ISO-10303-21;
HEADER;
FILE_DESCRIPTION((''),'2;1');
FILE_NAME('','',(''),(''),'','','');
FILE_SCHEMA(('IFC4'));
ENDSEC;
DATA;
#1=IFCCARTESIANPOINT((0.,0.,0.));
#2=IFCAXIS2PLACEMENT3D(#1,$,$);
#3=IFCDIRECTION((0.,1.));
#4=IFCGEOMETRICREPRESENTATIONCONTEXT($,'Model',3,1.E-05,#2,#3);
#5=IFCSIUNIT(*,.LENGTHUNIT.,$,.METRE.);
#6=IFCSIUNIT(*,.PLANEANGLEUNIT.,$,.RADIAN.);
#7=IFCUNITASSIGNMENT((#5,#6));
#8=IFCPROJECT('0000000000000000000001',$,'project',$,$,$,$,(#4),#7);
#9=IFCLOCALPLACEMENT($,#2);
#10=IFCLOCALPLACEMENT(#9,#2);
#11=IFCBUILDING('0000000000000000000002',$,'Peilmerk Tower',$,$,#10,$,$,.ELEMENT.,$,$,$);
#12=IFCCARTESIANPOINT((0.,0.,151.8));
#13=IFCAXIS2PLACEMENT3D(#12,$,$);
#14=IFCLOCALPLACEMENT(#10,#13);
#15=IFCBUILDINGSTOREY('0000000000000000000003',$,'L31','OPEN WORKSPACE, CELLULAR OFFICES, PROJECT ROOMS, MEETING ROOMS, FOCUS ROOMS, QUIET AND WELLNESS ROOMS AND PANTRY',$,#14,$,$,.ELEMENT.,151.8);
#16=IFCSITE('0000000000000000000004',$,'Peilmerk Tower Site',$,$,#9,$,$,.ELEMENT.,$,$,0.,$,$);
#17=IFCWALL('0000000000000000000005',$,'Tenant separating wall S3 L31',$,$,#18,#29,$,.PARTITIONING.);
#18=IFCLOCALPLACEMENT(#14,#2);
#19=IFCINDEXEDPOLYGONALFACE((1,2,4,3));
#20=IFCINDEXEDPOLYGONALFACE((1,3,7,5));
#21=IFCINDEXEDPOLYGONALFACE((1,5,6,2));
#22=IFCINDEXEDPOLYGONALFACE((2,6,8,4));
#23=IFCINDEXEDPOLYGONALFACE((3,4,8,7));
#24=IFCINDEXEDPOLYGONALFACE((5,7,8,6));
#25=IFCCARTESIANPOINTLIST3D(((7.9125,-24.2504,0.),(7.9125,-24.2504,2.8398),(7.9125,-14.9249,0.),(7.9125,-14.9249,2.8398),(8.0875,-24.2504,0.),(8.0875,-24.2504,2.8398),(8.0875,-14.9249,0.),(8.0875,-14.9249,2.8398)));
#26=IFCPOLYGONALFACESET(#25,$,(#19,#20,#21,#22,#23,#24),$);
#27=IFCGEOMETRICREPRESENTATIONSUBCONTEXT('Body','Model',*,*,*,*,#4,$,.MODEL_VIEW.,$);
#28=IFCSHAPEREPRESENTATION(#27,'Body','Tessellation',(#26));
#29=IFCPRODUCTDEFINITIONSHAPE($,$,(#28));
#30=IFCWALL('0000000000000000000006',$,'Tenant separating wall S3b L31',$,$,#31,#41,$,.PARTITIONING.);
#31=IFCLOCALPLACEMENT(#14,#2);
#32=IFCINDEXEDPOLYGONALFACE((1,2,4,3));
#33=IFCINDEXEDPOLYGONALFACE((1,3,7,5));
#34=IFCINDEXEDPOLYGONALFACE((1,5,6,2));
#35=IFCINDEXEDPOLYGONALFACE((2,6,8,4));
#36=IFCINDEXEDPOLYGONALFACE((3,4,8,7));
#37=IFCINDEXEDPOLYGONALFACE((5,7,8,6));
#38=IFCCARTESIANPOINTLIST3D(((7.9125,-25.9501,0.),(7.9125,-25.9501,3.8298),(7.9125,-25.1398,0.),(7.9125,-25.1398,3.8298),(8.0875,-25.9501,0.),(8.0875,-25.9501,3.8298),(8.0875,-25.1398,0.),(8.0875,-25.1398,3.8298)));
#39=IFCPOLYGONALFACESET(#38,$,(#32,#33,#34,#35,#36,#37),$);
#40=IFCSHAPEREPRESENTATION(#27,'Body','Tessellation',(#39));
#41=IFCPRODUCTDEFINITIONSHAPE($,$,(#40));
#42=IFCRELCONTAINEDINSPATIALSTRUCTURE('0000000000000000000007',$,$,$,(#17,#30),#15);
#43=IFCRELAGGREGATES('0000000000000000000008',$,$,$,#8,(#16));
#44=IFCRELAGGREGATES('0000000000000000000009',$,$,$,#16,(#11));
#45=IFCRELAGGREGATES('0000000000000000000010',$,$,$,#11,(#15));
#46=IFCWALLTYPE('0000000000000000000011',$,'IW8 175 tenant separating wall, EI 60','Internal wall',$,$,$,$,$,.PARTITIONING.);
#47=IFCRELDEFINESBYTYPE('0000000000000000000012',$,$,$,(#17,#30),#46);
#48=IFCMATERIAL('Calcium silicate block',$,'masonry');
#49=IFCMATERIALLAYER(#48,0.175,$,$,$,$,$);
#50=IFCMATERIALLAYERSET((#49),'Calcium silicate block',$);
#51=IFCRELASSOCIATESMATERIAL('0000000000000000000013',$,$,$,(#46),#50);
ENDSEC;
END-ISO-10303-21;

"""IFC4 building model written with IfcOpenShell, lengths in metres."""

from ifc_helpers import new_model, si_unit, direction, frame, frame_2d, origin, place, context, subcontext, project, spatial, rectangle, extrude, material, layer, layer_set, type_object, element, save


model = new_model("IFC4")

# Units and contexts
model_context = context("Model", 3, precision=1e-05, world=origin(), true_north=direction((0.0, 1.0)))
body_context = subcontext(model_context, "Body", "Model", "MODEL_VIEW")
ifc_project = project(units=[si_unit("LENGTHUNIT", "METRE"), si_unit("PLANEANGLEUNIT", "RADIAN")], contexts=[model_context])

# Site, building, storey
site_placement = place(None, origin())
site = spatial("IfcSite", under=ifc_project, at=site_placement, Name="Peilmerk Tower Site", CompositionType="ELEMENT", RefElevation=0.0)
building_placement = place(site_placement, origin())
building = spatial("IfcBuilding", under=site, at=building_placement, Name="Peilmerk Tower", CompositionType="ELEMENT")
storey_placement = place(building_placement, frame((0.0, 0.0, 151.8)))
storey = spatial("IfcBuildingStorey", under=building, at=storey_placement, Name="L31", Description="OPEN WORKSPACE, CELLULAR OFFICES, PROJECT ROOMS, MEETING ROOMS, FOCUS ROOMS, QUIET AND WELLNESS ROOMS AND PANTRY", CompositionType="ELEMENT", Elevation=151.8)

# Shared definitions
ifc_material_1 = material(Name="Calcium silicate block", Category="masonry")

# Walls
ifc_layer_1 = layer(ifc_material_1, 0.175)
ifc_layer_set_1 = layer_set([ifc_layer_1], Name="Calcium silicate block")
wall_type_1 = type_object("IfcWallType", Name="IW8 175 tenant separating wall, EI 60", Description="Internal wall", PredefinedType="PARTITIONING", material=ifc_layer_set_1)
wall_1_placement = place(storey_placement, frame((8.0, -14.925, 0.0), z_axis=(0.0, 0.0, 1.0), x_axis=(0.0, -1.0, 0.0)))
element("IfcWall", 1, at=wall_1_placement, inside=storey, type_object=wall_type_1, Name="Tenant separating wall S3 L31", PredefinedType="PARTITIONING", context=body_context, shape_type="SweptSolid", body=[
    extrude(rectangle(XDim=9.3254, YDim=0.175, at=frame_2d((4.6626, 0.0))), origin(), (0.0, 0.0, 1.0), 2.8398),
])
wall_2_placement = place(storey_placement, frame((8.0, -25.1396, 0.0), z_axis=(0.0, 0.0, 1.0), x_axis=(0.0, -1.0, 0.0)))
element("IfcWall", 2, at=wall_2_placement, inside=storey, type_object=wall_type_1, Name="Tenant separating wall S3b L31", PredefinedType="PARTITIONING", context=body_context, shape_type="SweptSolid", body=[
    extrude(rectangle(XDim=0.8103, YDim=0.175, at=frame_2d((0.4053, 0.0))), origin(), (0.0, 0.0, 1.0), 3.8298),
])

save(model, "model.ifc")
